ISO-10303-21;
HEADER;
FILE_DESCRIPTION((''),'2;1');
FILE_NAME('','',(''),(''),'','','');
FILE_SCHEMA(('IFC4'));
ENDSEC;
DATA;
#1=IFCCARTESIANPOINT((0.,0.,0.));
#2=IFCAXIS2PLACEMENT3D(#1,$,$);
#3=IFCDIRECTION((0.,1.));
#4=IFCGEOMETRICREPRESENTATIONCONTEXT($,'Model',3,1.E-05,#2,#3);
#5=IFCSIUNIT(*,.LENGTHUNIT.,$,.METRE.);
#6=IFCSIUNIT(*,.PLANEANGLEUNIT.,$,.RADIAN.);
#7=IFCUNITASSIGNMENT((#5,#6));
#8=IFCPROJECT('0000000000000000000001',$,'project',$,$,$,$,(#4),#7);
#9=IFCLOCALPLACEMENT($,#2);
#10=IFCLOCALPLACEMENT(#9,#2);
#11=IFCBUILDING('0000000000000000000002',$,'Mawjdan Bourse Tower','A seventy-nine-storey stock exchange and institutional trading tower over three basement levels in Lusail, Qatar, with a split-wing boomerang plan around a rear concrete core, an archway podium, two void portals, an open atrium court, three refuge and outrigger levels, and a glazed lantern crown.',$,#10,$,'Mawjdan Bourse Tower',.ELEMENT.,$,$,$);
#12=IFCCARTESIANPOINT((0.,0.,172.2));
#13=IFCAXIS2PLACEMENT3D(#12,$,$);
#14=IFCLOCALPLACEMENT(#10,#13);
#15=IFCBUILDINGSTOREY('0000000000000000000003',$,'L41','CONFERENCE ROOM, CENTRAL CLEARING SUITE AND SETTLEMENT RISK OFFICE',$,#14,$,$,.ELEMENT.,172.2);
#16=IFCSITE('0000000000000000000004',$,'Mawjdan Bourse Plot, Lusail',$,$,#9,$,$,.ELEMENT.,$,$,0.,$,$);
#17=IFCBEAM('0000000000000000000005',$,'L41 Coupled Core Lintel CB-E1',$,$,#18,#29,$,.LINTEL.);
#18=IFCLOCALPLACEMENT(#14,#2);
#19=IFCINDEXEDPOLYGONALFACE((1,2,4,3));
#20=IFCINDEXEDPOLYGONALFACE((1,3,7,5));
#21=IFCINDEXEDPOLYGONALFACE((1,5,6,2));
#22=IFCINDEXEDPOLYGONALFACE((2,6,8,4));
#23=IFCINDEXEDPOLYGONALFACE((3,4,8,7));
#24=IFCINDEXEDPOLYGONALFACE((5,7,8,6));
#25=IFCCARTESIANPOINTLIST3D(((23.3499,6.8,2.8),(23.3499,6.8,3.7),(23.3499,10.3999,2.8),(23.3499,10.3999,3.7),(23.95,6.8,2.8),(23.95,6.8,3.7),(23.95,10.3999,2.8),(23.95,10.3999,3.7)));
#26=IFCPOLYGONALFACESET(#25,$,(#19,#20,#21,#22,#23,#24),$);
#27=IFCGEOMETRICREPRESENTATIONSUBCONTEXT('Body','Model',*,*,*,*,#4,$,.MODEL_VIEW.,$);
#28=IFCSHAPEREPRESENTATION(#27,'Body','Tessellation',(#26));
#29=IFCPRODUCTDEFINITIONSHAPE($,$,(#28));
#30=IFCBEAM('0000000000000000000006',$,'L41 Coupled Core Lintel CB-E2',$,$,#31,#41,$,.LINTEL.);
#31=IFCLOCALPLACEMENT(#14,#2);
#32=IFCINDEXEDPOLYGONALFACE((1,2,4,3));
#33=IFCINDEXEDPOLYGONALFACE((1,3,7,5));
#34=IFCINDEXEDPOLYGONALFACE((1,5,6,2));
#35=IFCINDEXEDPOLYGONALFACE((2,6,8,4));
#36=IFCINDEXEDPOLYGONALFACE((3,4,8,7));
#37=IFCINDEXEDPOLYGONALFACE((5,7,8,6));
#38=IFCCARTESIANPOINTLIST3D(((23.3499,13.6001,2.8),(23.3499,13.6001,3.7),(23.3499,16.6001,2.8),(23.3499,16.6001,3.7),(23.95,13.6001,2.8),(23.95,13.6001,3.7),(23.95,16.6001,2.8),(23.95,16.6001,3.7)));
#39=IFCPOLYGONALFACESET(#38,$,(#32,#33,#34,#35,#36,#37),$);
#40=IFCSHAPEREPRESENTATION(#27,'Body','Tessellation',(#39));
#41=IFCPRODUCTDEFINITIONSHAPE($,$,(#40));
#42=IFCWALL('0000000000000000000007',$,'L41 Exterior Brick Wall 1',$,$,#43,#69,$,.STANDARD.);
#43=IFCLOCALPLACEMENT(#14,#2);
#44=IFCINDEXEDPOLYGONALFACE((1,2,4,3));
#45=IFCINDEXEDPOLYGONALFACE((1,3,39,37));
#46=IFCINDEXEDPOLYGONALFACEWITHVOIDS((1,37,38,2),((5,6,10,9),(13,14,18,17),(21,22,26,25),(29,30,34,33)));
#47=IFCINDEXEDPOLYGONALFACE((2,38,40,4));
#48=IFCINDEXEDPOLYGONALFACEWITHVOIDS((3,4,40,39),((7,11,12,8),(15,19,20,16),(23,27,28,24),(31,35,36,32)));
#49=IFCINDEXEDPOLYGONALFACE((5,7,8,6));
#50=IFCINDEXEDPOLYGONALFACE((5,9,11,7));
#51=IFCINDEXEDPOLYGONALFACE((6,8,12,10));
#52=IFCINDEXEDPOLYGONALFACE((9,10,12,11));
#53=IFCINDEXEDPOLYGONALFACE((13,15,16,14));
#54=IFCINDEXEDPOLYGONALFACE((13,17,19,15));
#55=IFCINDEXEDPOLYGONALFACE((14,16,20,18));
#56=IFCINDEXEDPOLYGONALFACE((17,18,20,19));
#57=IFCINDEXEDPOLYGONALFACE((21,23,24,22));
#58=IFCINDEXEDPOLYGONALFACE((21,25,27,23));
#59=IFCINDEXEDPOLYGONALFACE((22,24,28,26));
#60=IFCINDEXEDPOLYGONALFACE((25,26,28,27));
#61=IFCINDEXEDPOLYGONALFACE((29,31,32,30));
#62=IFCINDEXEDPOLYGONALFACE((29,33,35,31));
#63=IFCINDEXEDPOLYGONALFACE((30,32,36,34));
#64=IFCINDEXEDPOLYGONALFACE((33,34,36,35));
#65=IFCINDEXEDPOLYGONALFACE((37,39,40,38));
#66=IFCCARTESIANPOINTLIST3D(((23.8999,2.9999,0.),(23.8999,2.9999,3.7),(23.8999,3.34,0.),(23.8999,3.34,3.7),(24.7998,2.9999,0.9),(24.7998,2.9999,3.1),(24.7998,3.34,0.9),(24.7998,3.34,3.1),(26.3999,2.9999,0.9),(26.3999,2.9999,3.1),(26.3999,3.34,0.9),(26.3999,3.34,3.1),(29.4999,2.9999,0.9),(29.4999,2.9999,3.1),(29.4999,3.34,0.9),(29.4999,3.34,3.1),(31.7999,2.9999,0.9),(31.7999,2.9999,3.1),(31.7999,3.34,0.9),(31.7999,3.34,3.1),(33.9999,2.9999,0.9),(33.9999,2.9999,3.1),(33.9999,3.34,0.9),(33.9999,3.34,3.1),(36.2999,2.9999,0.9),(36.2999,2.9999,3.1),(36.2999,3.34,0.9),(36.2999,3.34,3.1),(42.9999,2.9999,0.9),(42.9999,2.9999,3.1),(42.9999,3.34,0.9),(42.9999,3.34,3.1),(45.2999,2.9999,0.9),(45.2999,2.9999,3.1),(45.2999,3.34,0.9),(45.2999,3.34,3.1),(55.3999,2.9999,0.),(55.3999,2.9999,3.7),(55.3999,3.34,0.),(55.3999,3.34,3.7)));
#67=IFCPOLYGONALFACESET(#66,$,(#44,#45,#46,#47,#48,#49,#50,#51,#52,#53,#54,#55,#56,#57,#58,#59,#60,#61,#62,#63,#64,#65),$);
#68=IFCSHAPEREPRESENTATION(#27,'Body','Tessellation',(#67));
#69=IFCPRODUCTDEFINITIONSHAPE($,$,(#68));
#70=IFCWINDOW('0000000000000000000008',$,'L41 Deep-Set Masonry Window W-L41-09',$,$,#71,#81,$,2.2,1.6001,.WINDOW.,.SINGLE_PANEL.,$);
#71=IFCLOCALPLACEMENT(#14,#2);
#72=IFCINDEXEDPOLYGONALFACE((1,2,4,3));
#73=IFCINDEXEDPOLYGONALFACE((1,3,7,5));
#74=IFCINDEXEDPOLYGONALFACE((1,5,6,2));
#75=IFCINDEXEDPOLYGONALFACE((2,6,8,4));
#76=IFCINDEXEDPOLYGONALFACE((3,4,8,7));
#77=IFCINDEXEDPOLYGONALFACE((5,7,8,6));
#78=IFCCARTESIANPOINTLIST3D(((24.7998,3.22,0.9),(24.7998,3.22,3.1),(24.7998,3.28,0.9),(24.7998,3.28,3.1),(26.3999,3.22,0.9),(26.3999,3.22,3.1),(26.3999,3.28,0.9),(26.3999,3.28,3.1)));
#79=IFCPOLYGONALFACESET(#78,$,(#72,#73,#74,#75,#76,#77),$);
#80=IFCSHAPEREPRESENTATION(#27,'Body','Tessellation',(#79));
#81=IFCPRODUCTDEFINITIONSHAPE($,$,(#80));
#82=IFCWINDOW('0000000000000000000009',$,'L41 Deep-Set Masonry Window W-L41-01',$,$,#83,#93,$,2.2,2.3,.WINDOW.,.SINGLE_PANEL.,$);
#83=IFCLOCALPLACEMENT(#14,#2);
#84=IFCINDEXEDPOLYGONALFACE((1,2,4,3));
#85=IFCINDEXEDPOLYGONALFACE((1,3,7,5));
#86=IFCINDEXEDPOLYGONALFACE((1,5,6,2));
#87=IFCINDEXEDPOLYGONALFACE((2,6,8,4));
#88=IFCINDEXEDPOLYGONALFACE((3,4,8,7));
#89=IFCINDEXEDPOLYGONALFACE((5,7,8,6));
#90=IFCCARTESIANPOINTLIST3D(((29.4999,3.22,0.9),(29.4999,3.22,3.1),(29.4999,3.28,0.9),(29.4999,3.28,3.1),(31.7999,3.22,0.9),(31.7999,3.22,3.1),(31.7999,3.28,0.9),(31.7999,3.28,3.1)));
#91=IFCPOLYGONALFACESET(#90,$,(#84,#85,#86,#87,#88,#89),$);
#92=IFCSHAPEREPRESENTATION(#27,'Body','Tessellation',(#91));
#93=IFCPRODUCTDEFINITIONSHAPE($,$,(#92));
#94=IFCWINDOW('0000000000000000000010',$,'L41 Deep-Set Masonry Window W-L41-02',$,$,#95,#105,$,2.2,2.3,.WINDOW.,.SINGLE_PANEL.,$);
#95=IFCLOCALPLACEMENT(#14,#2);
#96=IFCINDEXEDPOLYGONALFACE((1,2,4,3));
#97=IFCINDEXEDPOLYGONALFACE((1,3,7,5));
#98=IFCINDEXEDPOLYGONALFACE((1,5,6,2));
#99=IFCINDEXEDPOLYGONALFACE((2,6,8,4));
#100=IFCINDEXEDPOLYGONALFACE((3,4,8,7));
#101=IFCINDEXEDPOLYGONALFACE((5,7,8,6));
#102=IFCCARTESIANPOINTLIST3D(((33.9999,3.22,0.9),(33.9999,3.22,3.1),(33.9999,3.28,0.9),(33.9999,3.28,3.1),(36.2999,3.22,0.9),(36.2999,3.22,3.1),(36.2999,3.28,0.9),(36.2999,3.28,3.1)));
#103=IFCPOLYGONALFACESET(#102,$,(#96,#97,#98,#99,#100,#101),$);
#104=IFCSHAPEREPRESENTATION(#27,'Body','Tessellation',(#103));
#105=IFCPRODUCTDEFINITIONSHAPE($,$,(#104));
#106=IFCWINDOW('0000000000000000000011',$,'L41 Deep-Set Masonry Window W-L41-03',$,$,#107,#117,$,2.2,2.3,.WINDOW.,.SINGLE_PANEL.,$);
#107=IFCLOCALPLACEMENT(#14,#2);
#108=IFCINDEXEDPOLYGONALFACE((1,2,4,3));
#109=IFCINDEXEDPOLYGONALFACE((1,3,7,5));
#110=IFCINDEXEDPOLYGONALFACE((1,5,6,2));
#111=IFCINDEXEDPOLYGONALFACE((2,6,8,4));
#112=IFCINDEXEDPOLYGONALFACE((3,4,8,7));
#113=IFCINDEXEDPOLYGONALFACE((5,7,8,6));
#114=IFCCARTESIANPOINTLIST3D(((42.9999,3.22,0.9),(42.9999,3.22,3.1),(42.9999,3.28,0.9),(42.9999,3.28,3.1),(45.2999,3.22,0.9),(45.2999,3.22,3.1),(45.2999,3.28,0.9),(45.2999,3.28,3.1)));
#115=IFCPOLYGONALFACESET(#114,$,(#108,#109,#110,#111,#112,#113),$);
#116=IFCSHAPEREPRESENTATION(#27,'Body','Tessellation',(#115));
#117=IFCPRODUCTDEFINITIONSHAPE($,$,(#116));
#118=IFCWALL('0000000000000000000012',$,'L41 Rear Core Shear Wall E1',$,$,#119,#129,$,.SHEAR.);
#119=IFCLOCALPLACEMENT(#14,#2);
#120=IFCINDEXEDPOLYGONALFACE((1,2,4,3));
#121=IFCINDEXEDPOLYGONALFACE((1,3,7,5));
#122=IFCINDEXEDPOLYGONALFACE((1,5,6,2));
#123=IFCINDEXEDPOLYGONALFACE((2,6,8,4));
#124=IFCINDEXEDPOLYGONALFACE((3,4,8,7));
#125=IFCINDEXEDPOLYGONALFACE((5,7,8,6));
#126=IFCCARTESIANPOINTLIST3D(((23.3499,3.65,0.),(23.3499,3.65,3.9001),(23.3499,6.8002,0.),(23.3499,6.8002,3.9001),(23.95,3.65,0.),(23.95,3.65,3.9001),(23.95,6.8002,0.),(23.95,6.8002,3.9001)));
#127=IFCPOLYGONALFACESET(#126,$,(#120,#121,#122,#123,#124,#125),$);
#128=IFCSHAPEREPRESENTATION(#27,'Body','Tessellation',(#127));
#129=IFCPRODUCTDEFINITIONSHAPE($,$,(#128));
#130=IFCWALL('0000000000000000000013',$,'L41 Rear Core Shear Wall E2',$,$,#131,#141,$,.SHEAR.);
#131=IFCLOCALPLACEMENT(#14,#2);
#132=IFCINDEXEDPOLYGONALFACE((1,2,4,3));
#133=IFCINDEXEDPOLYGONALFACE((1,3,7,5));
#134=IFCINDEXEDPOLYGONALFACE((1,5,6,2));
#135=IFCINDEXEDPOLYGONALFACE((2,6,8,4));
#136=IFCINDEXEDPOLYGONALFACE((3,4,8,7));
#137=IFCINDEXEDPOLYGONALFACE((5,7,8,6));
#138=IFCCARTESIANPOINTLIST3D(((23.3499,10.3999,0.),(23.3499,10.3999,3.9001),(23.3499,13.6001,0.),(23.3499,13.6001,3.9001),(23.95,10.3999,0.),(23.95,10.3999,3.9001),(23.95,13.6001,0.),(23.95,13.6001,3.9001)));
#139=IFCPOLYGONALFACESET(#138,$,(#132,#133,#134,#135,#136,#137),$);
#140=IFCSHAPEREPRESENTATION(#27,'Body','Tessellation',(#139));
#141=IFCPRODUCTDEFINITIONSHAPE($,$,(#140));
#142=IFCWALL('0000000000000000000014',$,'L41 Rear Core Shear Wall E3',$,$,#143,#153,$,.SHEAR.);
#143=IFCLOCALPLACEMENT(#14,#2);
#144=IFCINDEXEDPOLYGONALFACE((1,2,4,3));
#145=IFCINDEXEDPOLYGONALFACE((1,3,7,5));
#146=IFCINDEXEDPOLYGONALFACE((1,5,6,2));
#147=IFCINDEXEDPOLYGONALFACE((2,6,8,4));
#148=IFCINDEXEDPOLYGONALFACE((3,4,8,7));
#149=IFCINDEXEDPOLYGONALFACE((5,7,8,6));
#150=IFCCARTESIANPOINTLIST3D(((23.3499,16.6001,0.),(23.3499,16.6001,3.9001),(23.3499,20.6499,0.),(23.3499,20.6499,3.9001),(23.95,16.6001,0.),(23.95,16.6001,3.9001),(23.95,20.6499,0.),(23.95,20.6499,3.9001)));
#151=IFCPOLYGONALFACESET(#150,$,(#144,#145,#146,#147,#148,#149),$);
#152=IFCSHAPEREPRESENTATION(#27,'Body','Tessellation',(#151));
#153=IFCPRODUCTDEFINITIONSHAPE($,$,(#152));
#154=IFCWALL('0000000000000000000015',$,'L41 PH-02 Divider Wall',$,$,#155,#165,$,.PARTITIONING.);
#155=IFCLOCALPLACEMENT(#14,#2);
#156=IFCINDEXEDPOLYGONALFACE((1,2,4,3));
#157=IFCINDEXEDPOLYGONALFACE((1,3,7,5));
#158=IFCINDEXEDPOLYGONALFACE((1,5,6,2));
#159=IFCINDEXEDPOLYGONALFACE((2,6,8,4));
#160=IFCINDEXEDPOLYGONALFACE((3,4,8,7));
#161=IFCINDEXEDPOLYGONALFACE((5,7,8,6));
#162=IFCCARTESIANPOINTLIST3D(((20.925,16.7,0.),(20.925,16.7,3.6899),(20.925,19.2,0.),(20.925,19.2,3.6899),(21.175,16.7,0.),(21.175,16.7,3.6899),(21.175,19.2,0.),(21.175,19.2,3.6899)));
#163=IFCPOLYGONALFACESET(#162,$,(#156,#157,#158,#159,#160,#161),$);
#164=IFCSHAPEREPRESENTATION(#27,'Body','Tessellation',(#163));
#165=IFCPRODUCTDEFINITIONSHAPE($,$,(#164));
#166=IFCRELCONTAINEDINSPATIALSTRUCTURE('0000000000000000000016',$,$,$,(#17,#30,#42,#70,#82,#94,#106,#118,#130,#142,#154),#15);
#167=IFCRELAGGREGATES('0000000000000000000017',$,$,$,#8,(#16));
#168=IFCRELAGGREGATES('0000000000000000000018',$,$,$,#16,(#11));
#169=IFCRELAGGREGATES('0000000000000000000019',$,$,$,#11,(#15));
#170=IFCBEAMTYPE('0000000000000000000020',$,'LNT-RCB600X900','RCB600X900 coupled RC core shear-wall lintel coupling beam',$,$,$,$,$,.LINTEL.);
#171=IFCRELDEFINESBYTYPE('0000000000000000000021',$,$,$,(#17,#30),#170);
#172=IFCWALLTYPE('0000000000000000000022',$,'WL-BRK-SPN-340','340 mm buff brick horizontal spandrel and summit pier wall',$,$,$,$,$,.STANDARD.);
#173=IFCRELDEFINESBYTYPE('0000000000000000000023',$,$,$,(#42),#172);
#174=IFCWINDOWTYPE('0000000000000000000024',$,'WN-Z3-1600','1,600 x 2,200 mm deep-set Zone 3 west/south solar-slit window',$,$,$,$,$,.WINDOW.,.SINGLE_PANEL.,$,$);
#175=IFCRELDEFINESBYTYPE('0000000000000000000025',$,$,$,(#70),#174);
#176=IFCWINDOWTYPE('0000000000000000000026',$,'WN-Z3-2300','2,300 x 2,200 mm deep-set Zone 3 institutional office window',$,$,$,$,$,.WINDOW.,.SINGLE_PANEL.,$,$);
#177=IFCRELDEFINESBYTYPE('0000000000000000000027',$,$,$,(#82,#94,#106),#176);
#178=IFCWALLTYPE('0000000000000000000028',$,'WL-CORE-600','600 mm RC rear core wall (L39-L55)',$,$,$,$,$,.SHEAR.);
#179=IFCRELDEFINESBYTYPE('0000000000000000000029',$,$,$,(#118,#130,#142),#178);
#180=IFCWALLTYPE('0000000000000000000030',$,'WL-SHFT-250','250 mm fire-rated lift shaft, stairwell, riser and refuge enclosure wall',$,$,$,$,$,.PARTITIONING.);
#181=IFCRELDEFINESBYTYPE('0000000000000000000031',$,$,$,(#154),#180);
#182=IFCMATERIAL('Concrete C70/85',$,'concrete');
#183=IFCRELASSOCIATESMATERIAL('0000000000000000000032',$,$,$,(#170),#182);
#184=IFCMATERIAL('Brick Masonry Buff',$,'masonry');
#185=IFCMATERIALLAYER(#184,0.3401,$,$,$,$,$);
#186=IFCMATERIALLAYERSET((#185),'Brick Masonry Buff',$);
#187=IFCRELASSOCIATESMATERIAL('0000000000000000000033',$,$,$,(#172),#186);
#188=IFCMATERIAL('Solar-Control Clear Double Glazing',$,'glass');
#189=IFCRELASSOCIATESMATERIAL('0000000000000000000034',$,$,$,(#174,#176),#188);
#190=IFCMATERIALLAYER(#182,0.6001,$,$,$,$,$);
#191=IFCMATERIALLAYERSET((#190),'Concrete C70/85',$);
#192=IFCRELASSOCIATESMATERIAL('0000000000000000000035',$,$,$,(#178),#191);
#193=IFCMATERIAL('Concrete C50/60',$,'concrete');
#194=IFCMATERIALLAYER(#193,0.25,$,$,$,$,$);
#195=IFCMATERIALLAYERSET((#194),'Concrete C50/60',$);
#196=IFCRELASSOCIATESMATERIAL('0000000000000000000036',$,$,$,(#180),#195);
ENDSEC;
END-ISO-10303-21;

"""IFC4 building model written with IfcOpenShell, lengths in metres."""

from ifc_helpers import new_model, si_unit, direction, frame, frame_2d, origin, origin_2d, place, context, subcontext, project, spatial, rectangle, extrude, material, layer, layer_set, material_profile, profile_set, type_object, element, fill, save


model = new_model("IFC4")

# Units and contexts
model_context = context("Model", 3, precision=1e-05, world=origin(), true_north=direction((0.0, 1.0)))
body_context = subcontext(model_context, "Body", "Model", "MODEL_VIEW")
ifc_project = project(units=[si_unit("LENGTHUNIT", "METRE"), si_unit("PLANEANGLEUNIT", "RADIAN")], contexts=[model_context])

# Site, building, storey
site_placement = place(None, origin())
site = spatial("IfcSite", under=ifc_project, at=site_placement, Name="Mawjdan Bourse Plot, Lusail", CompositionType="ELEMENT", RefElevation=0.0)
building_placement = place(site_placement, origin())
building = spatial("IfcBuilding", under=site, at=building_placement, Name="Mawjdan Bourse Tower", Description="A seventy-nine-storey stock exchange and institutional trading tower over three basement levels in Lusail, Qatar, with a split-wing boomerang plan around a rear concrete core, an archway podium, two void portals, an open atrium court, three refuge and outrigger levels, and a glazed lantern crown.", LongName="Mawjdan Bourse Tower", CompositionType="ELEMENT")
storey_placement = place(building_placement, frame((0.0, 0.0, 172.2)))
storey = spatial("IfcBuildingStorey", under=building, at=storey_placement, Name="L41", Description="CONFERENCE ROOM, CENTRAL CLEARING SUITE AND SETTLEMENT RISK OFFICE", CompositionType="ELEMENT", Elevation=172.2)

# Shared definitions
ifc_material_1 = material(Name="Concrete C70/85", Category="concrete")

# Beams
ifc_material_profile_1 = material_profile(ifc_material_1, rectangle(XDim=0.6001, YDim=0.8999, at=origin_2d()), Name="RCB600X900")
ifc_profile_set_1 = profile_set([ifc_material_profile_1], Name="Concrete C70/85")
beam_type_1 = type_object("IfcBeamType", Name="LNT-RCB600X900", Description="RCB600X900 coupled RC core shear-wall lintel coupling beam", PredefinedType="LINTEL", material=ifc_profile_set_1)
beam_1_placement = place(storey_placement, frame((23.6499, 6.8, 3.25), z_axis=(0.0, 1.0, 0.0), x_axis=(-1.0, 0.0, 0.0)))
element("IfcBeam", 1, at=beam_1_placement, inside=storey, type_object=beam_type_1, Name="L41 Coupled Core Lintel CB-E1", PredefinedType="LINTEL", context=body_context, shape_type="SweptSolid", body=[
    extrude(rectangle(XDim=0.6001, YDim=0.8999, at=origin_2d()), origin(), (0.0, 0.0, 1.0), 3.5999),
])
beam_2_placement = place(storey_placement, frame((23.6499, 13.6001, 3.25), z_axis=(0.0, 1.0, 0.0), x_axis=(-1.0, 0.0, 0.0)))
element("IfcBeam", 2, at=beam_2_placement, inside=storey, type_object=beam_type_1, Name="L41 Coupled Core Lintel CB-E2", PredefinedType="LINTEL", context=body_context, shape_type="SweptSolid", body=[
    extrude(rectangle(XDim=0.6001, YDim=0.8999, at=origin_2d()), origin(), (0.0, 0.0, 1.0), 3.0),
])

# Wall, openings, windows
ifc_material_2 = material(Name="Brick Masonry Buff", Category="masonry")
ifc_layer_1 = layer(ifc_material_2, 0.3401)
ifc_layer_set_1 = layer_set([ifc_layer_1], Name="Brick Masonry Buff")
wall_type_1 = type_object("IfcWallType", Name="WL-BRK-SPN-340", Description="340 mm buff brick horizontal spandrel and summit pier wall", PredefinedType="STANDARD", material=ifc_layer_set_1)
wall_1_placement = place(storey_placement, frame((23.8999, 3.1699, 0.0), z_axis=(0.0, 0.0, 1.0), x_axis=(1.0, 0.0, 0.0)))
wall_1 = element("IfcWall", 3, at=wall_1_placement, inside=storey, type_object=wall_type_1, Name="L41 Exterior Brick Wall 1", PredefinedType="STANDARD", context=body_context, shape_type="SweptSolid", body=[
    extrude(rectangle(XDim=31.5, YDim=0.3401, at=frame_2d((15.75, 0.0))), origin(), (0.0, 0.0, 1.0), 3.7),
])
opening_1_placement = place(wall_1_placement, frame((5.6001, 0.0, 0.8999)))
opening_1 = element("IfcOpeningElement", 4, at=opening_1_placement, cuts=wall_1, PredefinedType="OPENING", context=body_context, shape_type="SweptSolid", body=[
    extrude(rectangle(XDim=2.3, YDim=2.2, at=frame_2d((1.1499, 1.1001))), frame((0.0, 0.1802, 0.0), z_axis=(0.0, -1.0, 0.0), x_axis=(1.0, 0.0, 0.0)), (0.0, 0.0, 1.0), 0.3601),
])
opening_2_placement = place(wall_1_placement, frame((10.1001, 0.0, 0.8999)))
opening_2 = element("IfcOpeningElement", 5, at=opening_2_placement, cuts=wall_1, PredefinedType="OPENING", context=body_context, shape_type="SweptSolid", body=[
    extrude(rectangle(XDim=2.3, YDim=2.2, at=frame_2d((1.1499, 1.1001))), frame((0.0, 0.1802, 0.0), z_axis=(0.0, -1.0, 0.0), x_axis=(1.0, 0.0, 0.0)), (0.0, 0.0, 1.0), 0.3601),
])
opening_3_placement = place(wall_1_placement, frame((19.1001, 0.0, 0.8999)))
opening_3 = element("IfcOpeningElement", 6, at=opening_3_placement, cuts=wall_1, PredefinedType="OPENING", context=body_context, shape_type="SweptSolid", body=[
    extrude(rectangle(XDim=2.3, YDim=2.2, at=frame_2d((1.1499, 1.1001))), frame((0.0, 0.1802, 0.0), z_axis=(0.0, -1.0, 0.0), x_axis=(1.0, 0.0, 0.0)), (0.0, 0.0, 1.0), 0.3601),
])
opening_4_placement = place(wall_1_placement, frame((0.8999, 0.0, 0.8999)))
opening_4 = element("IfcOpeningElement", 7, at=opening_4_placement, cuts=wall_1, PredefinedType="OPENING", context=body_context, shape_type="SweptSolid", body=[
    extrude(rectangle(XDim=1.6001, YDim=2.2, at=frame_2d((0.8, 1.1001))), frame((0.0, 0.1802, 0.0), z_axis=(0.0, -1.0, 0.0), x_axis=(1.0, 0.0, 0.0)), (0.0, 0.0, 1.0), 0.3601),
])
ifc_material_3 = material(Name="Solar-Control Clear Double Glazing", Category="glass")
window_type_1 = type_object("IfcWindowType", Name="WN-Z3-1600", Description="1,600 x 2,200 mm deep-set Zone 3 west/south solar-slit window", PartitioningType="SINGLE_PANEL", PredefinedType="WINDOW", material=ifc_material_3)
window_1_placement = place(opening_4_placement, origin())
window_1 = element("IfcWindow", 8, at=window_1_placement, inside=storey, type_object=window_type_1, Name="L41 Deep-Set Masonry Window W-L41-09", OverallHeight=2.2, OverallWidth=1.6001, PartitioningType="SINGLE_PANEL", PredefinedType="WINDOW", context=body_context, shape_type="SweptSolid", body=[
    extrude(rectangle(XDim=1.6001, YDim=2.2, at=frame_2d((0.8, 1.1001))), frame((0.0, 0.1101, 0.0), z_axis=(0.0, -1.0, 0.0), x_axis=(1.0, 0.0, 0.0)), (0.0, 0.0, 1.0), 0.0601),
])
fill(opening_4, window_1)
window_type_2 = type_object("IfcWindowType", Name="WN-Z3-2300", Description="2,300 x 2,200 mm deep-set Zone 3 institutional office window", PartitioningType="SINGLE_PANEL", PredefinedType="WINDOW", material=ifc_material_3)
window_2_placement = place(opening_1_placement, origin())
window_2 = element("IfcWindow", 9, at=window_2_placement, inside=storey, type_object=window_type_2, Name="L41 Deep-Set Masonry Window W-L41-01", OverallHeight=2.2, OverallWidth=2.3, PartitioningType="SINGLE_PANEL", PredefinedType="WINDOW", context=body_context, shape_type="SweptSolid", body=[
    extrude(rectangle(XDim=2.3, YDim=2.2, at=frame_2d((1.1499, 1.1001))), frame((0.0, 0.1101, 0.0), z_axis=(0.0, -1.0, 0.0), x_axis=(1.0, 0.0, 0.0)), (0.0, 0.0, 1.0), 0.0601),
])
fill(opening_1, window_2)
window_3_placement = place(opening_2_placement, origin())
window_3 = element("IfcWindow", 10, at=window_3_placement, inside=storey, type_object=window_type_2, Name="L41 Deep-Set Masonry Window W-L41-02", OverallHeight=2.2, OverallWidth=2.3, PartitioningType="SINGLE_PANEL", PredefinedType="WINDOW", context=body_context, shape_type="SweptSolid", body=[
    extrude(rectangle(XDim=2.3, YDim=2.2, at=frame_2d((1.1499, 1.1001))), frame((0.0, 0.1101, 0.0), z_axis=(0.0, -1.0, 0.0), x_axis=(1.0, 0.0, 0.0)), (0.0, 0.0, 1.0), 0.0601),
])
fill(opening_2, window_3)
window_4_placement = place(opening_3_placement, origin())
window_4 = element("IfcWindow", 11, at=window_4_placement, inside=storey, type_object=window_type_2, Name="L41 Deep-Set Masonry Window W-L41-03", OverallHeight=2.2, OverallWidth=2.3, PartitioningType="SINGLE_PANEL", PredefinedType="WINDOW", context=body_context, shape_type="SweptSolid", body=[
    extrude(rectangle(XDim=2.3, YDim=2.2, at=frame_2d((1.1499, 1.1001))), frame((0.0, 0.1101, 0.0), z_axis=(0.0, -1.0, 0.0), x_axis=(1.0, 0.0, 0.0)), (0.0, 0.0, 1.0), 0.0601),
])
fill(opening_3, window_4)

# Walls
ifc_layer_2 = layer(ifc_material_1, 0.6001)
ifc_layer_set_2 = layer_set([ifc_layer_2], Name="Concrete C70/85")
wall_type_2 = type_object("IfcWallType", Name="WL-CORE-600", Description="600 mm RC rear core wall (L39-L55)", PredefinedType="SHEAR", material=ifc_layer_set_2)
wall_2_placement = place(storey_placement, frame((23.6499, 3.6499, 0.0), z_axis=(0.0, 0.0, 1.0), x_axis=(0.0, 1.0, 0.0)))
element("IfcWall", 12, at=wall_2_placement, inside=storey, type_object=wall_type_2, Name="L41 Rear Core Shear Wall E1", PredefinedType="SHEAR", context=body_context, shape_type="SweptSolid", body=[
    extrude(rectangle(XDim=3.1501, YDim=0.6001, at=frame_2d((1.5752, 0.0))), origin(), (0.0, 0.0, 1.0), 3.9001),
])
wall_3_placement = place(storey_placement, frame((23.6499, 10.3999, 0.0), z_axis=(0.0, 0.0, 1.0), x_axis=(0.0, 1.0, 0.0)))
element("IfcWall", 13, at=wall_3_placement, inside=storey, type_object=wall_type_2, Name="L41 Rear Core Shear Wall E2", PredefinedType="SHEAR", context=body_context, shape_type="SweptSolid", body=[
    extrude(rectangle(XDim=3.2002, YDim=0.6001, at=frame_2d((1.6001, 0.0))), origin(), (0.0, 0.0, 1.0), 3.9001),
])
wall_4_placement = place(storey_placement, frame((23.6499, 16.6001, 0.0), z_axis=(0.0, 0.0, 1.0), x_axis=(0.0, 1.0, 0.0)))
element("IfcWall", 14, at=wall_4_placement, inside=storey, type_object=wall_type_2, Name="L41 Rear Core Shear Wall E3", PredefinedType="SHEAR", context=body_context, shape_type="SweptSolid", body=[
    extrude(rectangle(XDim=4.0498, YDim=0.6001, at=frame_2d((2.0249, 0.0))), origin(), (0.0, 0.0, 1.0), 3.9001),
])
ifc_material_4 = material(Name="Concrete C50/60", Category="concrete")
ifc_layer_3 = layer(ifc_material_4, 0.25)
ifc_layer_set_3 = layer_set([ifc_layer_3], Name="Concrete C50/60")
wall_type_3 = type_object("IfcWallType", Name="WL-SHFT-250", Description="250 mm fire-rated lift shaft, stairwell, riser and refuge enclosure wall", PredefinedType="PARTITIONING", material=ifc_layer_set_3)
wall_5_placement = place(storey_placement, frame((21.05, 16.7, 0.0), z_axis=(0.0, 0.0, 1.0), x_axis=(0.0, 1.0, 0.0)))
element("IfcWall", 15, at=wall_5_placement, inside=storey, type_object=wall_type_3, Name="L41 PH-02 Divider Wall", PredefinedType="PARTITIONING", context=body_context, shape_type="SweptSolid", body=[
    extrude(rectangle(XDim=2.5, YDim=0.25, at=frame_2d((1.25, 0.0))), origin(), (0.0, 0.0, 1.0), 3.6899),
])

save(model, "model.ifc")
